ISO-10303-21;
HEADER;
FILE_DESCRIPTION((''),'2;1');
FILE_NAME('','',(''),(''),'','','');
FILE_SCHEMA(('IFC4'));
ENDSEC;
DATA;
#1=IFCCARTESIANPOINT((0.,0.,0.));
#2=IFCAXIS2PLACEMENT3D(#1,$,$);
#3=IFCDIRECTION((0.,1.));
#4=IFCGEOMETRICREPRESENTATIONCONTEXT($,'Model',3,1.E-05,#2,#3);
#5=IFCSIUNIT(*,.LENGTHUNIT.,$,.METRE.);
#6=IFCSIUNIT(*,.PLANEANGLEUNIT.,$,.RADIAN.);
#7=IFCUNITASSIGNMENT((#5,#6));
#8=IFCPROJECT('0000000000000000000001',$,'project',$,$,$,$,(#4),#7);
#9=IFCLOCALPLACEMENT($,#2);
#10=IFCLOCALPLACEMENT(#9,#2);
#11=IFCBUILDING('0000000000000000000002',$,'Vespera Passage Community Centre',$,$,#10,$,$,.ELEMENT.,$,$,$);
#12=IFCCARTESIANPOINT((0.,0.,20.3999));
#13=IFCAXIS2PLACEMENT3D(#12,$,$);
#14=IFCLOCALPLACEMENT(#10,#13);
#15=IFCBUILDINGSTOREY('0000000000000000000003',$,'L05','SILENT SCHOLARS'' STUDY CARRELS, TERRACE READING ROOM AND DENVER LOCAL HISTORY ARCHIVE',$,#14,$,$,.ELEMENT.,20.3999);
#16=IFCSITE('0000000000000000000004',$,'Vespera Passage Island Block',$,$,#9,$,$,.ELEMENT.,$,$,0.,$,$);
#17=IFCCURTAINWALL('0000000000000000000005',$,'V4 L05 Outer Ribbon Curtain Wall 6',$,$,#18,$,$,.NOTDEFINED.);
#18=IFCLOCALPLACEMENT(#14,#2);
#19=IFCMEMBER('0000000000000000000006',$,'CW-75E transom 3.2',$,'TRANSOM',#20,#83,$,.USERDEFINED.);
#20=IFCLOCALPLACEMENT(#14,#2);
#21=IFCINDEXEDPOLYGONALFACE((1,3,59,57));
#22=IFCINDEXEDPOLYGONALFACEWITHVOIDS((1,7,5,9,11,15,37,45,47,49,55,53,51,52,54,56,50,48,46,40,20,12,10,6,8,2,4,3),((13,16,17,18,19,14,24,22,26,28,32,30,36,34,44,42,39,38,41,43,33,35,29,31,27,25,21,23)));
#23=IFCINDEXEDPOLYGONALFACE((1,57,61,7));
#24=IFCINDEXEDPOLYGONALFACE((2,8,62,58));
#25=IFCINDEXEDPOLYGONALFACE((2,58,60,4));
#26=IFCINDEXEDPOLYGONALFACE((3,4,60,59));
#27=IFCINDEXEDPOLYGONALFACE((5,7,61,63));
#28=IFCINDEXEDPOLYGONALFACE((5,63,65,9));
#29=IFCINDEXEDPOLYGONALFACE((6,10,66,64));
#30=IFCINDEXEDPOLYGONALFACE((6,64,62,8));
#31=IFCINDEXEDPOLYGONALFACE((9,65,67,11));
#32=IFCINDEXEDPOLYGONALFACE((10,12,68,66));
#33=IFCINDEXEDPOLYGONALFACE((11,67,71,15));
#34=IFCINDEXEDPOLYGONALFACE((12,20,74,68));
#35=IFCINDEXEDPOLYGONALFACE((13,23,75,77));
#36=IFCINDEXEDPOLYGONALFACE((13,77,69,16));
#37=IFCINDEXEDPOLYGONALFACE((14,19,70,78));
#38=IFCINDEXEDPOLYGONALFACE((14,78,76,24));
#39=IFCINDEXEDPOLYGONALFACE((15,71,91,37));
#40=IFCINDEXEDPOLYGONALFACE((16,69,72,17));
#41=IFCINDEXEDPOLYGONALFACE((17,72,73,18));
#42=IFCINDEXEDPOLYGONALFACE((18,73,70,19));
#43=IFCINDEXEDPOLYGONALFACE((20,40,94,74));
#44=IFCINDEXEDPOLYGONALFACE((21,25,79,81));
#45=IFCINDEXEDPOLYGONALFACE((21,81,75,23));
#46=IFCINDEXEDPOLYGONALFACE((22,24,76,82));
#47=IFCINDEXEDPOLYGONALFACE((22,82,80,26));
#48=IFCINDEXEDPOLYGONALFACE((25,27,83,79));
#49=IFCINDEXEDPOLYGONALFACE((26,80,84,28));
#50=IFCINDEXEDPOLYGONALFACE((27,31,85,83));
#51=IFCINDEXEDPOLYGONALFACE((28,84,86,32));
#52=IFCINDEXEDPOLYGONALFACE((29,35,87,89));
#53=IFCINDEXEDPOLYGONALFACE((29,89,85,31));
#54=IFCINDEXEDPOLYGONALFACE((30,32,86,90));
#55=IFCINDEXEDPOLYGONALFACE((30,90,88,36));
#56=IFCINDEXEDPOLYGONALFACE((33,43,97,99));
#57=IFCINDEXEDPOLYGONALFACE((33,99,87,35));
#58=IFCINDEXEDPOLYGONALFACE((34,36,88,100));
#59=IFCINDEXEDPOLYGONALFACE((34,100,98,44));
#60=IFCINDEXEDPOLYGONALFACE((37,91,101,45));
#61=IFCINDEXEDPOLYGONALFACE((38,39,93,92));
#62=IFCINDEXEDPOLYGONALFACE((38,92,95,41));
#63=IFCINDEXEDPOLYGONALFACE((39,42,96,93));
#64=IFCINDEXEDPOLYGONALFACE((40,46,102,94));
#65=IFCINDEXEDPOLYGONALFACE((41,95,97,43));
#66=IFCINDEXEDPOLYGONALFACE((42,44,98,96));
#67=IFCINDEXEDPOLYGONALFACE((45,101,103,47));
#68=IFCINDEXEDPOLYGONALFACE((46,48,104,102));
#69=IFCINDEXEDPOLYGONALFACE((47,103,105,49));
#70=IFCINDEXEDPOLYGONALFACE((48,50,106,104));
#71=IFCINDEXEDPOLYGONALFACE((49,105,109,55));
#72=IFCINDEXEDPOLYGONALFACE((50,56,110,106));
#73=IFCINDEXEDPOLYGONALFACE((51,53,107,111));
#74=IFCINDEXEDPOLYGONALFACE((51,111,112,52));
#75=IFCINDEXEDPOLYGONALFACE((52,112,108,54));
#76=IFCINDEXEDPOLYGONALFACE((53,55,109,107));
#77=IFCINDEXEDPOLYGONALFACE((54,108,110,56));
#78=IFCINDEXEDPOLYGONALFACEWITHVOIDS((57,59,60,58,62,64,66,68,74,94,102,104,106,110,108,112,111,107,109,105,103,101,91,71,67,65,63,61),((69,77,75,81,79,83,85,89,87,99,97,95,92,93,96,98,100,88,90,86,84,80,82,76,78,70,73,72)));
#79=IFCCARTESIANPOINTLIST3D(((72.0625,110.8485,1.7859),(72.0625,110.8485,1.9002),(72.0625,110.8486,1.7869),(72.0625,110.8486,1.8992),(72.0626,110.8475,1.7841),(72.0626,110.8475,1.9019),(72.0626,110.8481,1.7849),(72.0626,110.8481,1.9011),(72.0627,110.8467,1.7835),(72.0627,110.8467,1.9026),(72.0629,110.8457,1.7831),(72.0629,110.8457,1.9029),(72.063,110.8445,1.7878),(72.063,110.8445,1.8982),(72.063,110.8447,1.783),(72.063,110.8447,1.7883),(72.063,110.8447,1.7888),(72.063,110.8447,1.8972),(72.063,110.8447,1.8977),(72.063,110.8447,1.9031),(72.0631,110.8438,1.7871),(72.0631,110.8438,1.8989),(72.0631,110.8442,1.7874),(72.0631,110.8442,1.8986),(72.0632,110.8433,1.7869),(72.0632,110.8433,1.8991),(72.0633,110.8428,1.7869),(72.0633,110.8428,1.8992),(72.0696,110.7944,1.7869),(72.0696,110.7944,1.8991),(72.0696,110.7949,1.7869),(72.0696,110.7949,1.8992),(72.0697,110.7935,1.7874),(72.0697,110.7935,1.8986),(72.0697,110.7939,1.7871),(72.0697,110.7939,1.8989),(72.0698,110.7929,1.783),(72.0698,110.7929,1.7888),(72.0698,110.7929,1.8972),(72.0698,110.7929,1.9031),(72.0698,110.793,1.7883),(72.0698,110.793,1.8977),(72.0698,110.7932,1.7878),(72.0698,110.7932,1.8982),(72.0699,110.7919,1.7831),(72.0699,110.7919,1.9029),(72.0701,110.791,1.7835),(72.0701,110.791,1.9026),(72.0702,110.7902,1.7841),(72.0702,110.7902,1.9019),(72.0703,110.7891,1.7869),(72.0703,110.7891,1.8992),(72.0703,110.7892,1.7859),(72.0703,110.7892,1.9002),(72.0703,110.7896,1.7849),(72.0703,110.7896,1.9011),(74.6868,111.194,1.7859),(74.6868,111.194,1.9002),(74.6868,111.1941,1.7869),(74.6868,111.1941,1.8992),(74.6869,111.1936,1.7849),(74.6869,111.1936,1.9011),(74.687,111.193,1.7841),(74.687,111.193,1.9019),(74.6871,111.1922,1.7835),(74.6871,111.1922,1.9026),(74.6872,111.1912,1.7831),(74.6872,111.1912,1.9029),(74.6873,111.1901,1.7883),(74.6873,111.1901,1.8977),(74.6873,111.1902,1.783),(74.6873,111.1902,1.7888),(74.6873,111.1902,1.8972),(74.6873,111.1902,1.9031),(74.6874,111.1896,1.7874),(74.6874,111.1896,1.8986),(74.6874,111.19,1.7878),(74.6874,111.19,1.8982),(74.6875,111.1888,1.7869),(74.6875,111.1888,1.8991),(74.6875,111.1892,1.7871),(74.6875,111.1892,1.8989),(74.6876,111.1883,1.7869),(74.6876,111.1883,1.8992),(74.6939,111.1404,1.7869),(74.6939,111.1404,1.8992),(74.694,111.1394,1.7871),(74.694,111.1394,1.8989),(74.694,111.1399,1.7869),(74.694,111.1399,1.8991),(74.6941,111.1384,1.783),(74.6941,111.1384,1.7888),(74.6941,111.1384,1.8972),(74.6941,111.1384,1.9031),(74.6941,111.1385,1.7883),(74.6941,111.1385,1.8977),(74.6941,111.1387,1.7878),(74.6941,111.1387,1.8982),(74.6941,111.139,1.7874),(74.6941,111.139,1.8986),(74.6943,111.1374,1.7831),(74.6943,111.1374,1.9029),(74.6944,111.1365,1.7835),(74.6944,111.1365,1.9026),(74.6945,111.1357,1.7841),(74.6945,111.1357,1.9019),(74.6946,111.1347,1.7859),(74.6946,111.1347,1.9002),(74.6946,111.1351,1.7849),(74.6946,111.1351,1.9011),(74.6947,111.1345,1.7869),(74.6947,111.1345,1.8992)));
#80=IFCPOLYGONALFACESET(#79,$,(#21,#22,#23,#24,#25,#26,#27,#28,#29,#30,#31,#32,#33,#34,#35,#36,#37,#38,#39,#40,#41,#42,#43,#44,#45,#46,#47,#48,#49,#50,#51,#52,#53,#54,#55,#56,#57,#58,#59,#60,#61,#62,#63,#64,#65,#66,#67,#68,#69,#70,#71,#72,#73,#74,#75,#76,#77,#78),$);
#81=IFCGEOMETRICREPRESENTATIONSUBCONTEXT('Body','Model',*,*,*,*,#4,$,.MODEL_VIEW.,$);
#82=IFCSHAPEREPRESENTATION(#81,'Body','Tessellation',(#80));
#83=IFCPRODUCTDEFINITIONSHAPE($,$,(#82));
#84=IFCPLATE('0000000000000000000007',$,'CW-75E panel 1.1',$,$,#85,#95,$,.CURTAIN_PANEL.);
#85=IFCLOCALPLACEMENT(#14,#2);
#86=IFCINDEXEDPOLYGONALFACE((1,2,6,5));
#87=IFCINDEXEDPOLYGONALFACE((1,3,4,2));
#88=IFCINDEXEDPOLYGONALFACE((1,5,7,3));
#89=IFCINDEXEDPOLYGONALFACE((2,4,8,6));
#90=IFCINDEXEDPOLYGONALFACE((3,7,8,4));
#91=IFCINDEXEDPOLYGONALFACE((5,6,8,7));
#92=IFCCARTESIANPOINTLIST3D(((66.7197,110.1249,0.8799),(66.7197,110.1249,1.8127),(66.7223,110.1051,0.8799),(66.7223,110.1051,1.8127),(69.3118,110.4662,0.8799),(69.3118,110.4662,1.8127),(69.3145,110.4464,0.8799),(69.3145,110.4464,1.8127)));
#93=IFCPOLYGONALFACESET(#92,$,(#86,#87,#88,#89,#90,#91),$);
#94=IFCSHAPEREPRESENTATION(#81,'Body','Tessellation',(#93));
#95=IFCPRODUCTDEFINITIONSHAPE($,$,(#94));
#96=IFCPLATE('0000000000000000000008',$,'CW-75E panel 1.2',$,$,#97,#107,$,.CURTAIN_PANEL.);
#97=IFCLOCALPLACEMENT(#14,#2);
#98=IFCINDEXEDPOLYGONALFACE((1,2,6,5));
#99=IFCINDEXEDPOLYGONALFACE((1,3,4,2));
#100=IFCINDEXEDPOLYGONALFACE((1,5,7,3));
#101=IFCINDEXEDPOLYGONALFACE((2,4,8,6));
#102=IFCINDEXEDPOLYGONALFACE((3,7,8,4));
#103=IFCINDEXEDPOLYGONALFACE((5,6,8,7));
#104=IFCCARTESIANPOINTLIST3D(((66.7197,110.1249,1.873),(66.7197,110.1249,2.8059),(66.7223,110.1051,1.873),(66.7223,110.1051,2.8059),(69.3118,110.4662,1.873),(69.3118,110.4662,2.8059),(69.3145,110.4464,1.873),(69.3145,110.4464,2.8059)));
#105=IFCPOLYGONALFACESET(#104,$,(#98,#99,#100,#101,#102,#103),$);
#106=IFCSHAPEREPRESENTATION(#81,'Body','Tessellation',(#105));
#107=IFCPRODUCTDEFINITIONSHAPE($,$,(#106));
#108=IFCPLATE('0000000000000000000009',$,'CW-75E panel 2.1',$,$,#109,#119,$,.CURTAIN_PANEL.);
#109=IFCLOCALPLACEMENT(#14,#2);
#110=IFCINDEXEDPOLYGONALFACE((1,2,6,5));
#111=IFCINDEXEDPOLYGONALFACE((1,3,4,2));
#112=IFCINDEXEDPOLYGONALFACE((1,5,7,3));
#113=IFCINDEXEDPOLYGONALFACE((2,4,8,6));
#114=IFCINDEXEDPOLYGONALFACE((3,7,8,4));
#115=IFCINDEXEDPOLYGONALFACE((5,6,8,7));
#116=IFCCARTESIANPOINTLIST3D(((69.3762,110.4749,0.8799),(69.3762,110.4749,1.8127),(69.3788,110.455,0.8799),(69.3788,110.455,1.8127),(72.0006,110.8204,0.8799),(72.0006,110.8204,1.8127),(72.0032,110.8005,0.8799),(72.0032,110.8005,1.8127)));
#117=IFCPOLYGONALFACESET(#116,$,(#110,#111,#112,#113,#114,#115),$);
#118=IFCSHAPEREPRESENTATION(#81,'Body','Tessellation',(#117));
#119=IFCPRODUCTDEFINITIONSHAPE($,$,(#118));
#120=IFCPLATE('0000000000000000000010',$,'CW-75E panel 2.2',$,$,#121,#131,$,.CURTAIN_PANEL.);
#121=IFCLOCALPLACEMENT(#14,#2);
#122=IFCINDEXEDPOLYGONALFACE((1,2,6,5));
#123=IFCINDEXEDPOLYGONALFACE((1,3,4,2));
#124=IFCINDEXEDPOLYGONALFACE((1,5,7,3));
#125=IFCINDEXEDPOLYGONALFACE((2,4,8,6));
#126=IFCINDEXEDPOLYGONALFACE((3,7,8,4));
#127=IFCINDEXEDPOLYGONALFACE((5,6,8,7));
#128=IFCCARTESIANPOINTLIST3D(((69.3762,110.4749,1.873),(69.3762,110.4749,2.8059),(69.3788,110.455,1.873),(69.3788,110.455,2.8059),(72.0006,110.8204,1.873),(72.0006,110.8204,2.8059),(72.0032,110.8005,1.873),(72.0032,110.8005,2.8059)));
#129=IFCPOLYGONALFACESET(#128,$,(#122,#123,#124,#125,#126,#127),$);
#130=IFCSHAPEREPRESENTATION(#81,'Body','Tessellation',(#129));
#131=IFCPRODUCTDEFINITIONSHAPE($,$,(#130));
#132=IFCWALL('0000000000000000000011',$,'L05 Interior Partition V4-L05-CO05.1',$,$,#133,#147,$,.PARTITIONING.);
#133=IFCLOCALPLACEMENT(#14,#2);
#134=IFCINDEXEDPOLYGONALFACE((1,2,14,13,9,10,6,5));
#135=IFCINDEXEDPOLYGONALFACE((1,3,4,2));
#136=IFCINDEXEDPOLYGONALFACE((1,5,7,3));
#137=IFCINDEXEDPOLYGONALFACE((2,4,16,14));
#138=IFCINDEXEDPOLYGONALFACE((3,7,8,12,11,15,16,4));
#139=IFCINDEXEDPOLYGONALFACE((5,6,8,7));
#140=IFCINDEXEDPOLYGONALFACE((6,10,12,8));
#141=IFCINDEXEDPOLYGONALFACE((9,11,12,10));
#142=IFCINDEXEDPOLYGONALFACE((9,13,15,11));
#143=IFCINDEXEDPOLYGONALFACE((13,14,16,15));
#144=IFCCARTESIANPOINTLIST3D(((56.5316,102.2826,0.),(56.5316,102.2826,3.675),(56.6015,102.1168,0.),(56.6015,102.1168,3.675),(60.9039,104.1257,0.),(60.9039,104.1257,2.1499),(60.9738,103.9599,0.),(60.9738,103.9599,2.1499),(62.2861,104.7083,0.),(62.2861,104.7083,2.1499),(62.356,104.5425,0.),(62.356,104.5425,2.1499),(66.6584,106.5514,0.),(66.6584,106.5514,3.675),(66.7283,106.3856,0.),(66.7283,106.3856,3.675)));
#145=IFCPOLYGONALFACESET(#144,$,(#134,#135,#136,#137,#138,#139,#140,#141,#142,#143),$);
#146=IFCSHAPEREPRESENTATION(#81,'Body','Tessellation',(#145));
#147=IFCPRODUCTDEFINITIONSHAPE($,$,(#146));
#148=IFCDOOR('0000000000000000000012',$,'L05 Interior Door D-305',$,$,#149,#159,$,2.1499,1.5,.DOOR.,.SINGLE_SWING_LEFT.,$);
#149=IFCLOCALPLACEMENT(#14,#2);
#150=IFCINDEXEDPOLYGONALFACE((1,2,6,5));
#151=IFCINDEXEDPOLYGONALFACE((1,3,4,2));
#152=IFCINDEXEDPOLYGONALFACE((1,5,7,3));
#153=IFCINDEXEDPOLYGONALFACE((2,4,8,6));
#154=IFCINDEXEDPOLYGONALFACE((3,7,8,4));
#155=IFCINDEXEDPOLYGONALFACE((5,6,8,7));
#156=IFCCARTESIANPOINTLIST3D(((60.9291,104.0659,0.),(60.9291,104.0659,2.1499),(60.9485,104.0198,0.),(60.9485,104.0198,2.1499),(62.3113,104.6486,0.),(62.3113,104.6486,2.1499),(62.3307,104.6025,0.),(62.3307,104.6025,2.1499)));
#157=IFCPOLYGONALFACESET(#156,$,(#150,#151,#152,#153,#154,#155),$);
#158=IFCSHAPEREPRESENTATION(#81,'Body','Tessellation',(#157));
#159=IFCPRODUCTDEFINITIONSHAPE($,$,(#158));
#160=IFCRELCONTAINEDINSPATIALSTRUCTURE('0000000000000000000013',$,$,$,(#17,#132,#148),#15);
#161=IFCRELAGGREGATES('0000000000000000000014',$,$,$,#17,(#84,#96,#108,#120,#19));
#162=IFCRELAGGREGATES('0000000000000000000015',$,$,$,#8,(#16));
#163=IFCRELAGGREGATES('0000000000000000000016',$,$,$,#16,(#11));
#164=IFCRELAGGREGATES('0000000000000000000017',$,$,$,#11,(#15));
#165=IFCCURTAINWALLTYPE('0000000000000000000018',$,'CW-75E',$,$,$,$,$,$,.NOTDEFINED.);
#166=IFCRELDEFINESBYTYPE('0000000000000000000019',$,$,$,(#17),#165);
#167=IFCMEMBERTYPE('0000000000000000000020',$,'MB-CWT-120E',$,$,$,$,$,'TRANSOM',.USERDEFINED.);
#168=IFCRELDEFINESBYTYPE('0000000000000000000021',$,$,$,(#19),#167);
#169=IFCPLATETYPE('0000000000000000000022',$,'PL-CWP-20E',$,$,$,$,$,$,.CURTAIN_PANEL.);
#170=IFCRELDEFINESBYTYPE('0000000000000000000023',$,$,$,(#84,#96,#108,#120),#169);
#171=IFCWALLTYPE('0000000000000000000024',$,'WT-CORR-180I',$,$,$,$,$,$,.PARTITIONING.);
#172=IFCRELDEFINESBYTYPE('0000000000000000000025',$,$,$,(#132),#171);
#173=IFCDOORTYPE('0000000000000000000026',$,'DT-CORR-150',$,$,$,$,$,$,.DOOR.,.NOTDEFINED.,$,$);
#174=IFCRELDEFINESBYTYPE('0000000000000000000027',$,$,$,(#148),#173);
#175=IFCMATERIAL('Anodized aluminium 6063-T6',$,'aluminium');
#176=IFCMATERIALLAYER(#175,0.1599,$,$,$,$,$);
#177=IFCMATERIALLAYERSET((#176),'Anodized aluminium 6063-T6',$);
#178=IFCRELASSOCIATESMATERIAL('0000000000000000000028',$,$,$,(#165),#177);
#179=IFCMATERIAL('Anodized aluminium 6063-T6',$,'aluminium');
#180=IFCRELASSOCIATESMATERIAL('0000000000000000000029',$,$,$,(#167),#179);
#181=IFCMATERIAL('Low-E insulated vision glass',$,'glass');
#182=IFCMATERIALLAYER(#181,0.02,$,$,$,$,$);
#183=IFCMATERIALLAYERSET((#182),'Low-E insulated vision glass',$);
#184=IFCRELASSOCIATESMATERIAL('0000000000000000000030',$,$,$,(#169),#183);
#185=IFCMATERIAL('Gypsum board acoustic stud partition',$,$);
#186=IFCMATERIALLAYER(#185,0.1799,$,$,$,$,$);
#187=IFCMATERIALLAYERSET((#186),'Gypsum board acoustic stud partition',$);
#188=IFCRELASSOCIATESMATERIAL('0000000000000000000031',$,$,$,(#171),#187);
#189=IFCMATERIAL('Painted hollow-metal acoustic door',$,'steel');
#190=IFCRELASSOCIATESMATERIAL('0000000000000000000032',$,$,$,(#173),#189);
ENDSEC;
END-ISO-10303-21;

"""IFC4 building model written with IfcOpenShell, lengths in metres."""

from ifc_helpers import new_model, si_unit, direction, frame, frame_2d, origin, origin_2d, place, context, subcontext, project, spatial, rectangle, hollow_rectangle, extrude, material, layer, layer_set, material_profile, profile_set, type_object, element, fill, aggregate, save


model = new_model("IFC4")

# Units and contexts
model_context = context("Model", 3, precision=1e-05, world=origin(), true_north=direction((0.0, 1.0)))
body_context = subcontext(model_context, "Body", "Model", "MODEL_VIEW")
ifc_project = project(units=[si_unit("LENGTHUNIT", "METRE"), si_unit("PLANEANGLEUNIT", "RADIAN")], contexts=[model_context])

# Site, building, storey
site_placement = place(None, origin())
site = spatial("IfcSite", under=ifc_project, at=site_placement, Name="Vespera Passage Island Block", CompositionType="ELEMENT", RefElevation=0.0)
building_placement = place(site_placement, origin())
building = spatial("IfcBuilding", under=site, at=building_placement, Name="Vespera Passage Community Centre", CompositionType="ELEMENT")
storey_placement = place(building_placement, frame((0.0, 0.0, 20.3999)))
storey = spatial("IfcBuildingStorey", under=building, at=storey_placement, Name="L05", Description="SILENT SCHOLARS' STUDY CARRELS, TERRACE READING ROOM AND DENVER LOCAL HISTORY ARCHIVE", CompositionType="ELEMENT", Elevation=20.3999)

# Curtain wall, member, plates
ifc_material_1 = material(Name="Anodized aluminium 6063-T6", Category="aluminium")
ifc_layer_1 = layer(ifc_material_1, 0.1599)
ifc_layer_set_1 = layer_set([ifc_layer_1], Name="Anodized aluminium 6063-T6")
curtain_wall_type = type_object("IfcCurtainWallType", Name="CW-75E", PredefinedType="NOTDEFINED", material=ifc_layer_set_1)
curtain_wall_placement = place(storey_placement, origin())
curtain_wall = element("IfcCurtainWall", 1, at=curtain_wall_placement, inside=storey, type_object=curtain_wall_type, Name="V4 L05 Outer Ribbon Curtain Wall 6", PredefinedType="NOTDEFINED")
ifc_material_2 = material(Name="Anodized aluminium 6063-T6", Category="aluminium")
ifc_material_profile_1 = material_profile(ifc_material_2, hollow_rectangle(XDim=0.0601, YDim=0.1201, WallThickness=0.0039, InnerFilletRadius=0.002, OuterFilletRadius=0.0039, at=origin_2d()), Name="ALU120X60X4")
ifc_profile_set_1 = profile_set([ifc_material_profile_1], Name="Anodized aluminium 6063-T6")
member_type_1 = type_object("IfcMemberType", Name="MB-CWT-120E", ElementType="TRANSOM", PredefinedType="USERDEFINED", material=ifc_profile_set_1)
member_1_placement = place(storey_placement, frame((72.0664, 110.8188, 1.843), z_axis=(0.991446, 0.130514, 0.0), x_axis=(-0.130514, 0.991446, 0.0)))
member_1 = element("IfcMember", 2, at=member_1_placement, type_object=member_type_1, Name="CW-75E transom 3.2", ObjectType="TRANSOM", PredefinedType="USERDEFINED", context=body_context, shape_type="SweptSolid", body=[
    extrude(hollow_rectangle(XDim=0.0601, YDim=0.1201, WallThickness=0.0039, InnerFilletRadius=0.002, OuterFilletRadius=0.0039, at=origin_2d()), origin(), (0.0, 0.0, 1.0), 2.647),
])
ifc_material_3 = material(Name="Low-E insulated vision glass", Category="glass")
ifc_layer_2 = layer(ifc_material_3, 0.02)
ifc_layer_set_2 = layer_set([ifc_layer_2], Name="Low-E insulated vision glass")
plate_type = type_object("IfcPlateType", Name="PL-CWP-20E", PredefinedType="CURTAIN_PANEL", material=ifc_layer_set_2)
plate_1_placement = place(storey_placement, frame((68.0171, 110.2856, 0.8799), z_axis=(0.0, 0.0, 1.0), x_axis=(0.991444, 0.130531, 0.0)))
plate_1 = element("IfcPlate", 3, at=plate_1_placement, type_object=plate_type, Name="CW-75E panel 1.1", PredefinedType="CURTAIN_PANEL", context=body_context, shape_type="SweptSolid", body=[
    extrude(rectangle(XDim=2.6145, YDim=0.02, at=origin_2d()), origin(), (0.0, 0.0, 1.0), 0.9329),
])
plate_2_placement = place(storey_placement, frame((68.0171, 110.2856, 1.873), z_axis=(0.0, 0.0, 1.0), x_axis=(0.991444, 0.130531, 0.0)))
plate_2 = element("IfcPlate", 4, at=plate_2_placement, type_object=plate_type, Name="CW-75E panel 1.2", PredefinedType="CURTAIN_PANEL", context=body_context, shape_type="SweptSolid", body=[
    extrude(rectangle(XDim=2.6145, YDim=0.02, at=origin_2d()), origin(), (0.0, 0.0, 1.0), 0.9329),
])
plate_3_placement = place(storey_placement, frame((70.6897, 110.6377, 0.8799), z_axis=(0.0, 0.0, 1.0), x_axis=(0.991444, 0.130531, 0.0)))
plate_3 = element("IfcPlate", 5, at=plate_3_placement, type_object=plate_type, Name="CW-75E panel 2.1", PredefinedType="CURTAIN_PANEL", context=body_context, shape_type="SweptSolid", body=[
    extrude(rectangle(XDim=2.647, YDim=0.02, at=origin_2d()), origin(), (0.0, 0.0, 1.0), 0.9329),
])
plate_4_placement = place(storey_placement, frame((70.6897, 110.6377, 1.873), z_axis=(0.0, 0.0, 1.0), x_axis=(0.991444, 0.130531, 0.0)))
plate_4 = element("IfcPlate", 6, at=plate_4_placement, type_object=plate_type, Name="CW-75E panel 2.2", PredefinedType="CURTAIN_PANEL", context=body_context, shape_type="SweptSolid", body=[
    extrude(rectangle(XDim=2.647, YDim=0.02, at=origin_2d()), origin(), (0.0, 0.0, 1.0), 0.9329),
])
aggregate(curtain_wall, [plate_1, plate_2, plate_3, plate_4, member_1])

# Wall, opening, door
ifc_material_4 = material(Name="Gypsum board acoustic stud partition")
ifc_layer_3 = layer(ifc_material_4, 0.1799)
ifc_layer_set_3 = layer_set([ifc_layer_3], Name="Gypsum board acoustic stud partition")
wall_type_1 = type_object("IfcWallType", Name="WT-CORR-180I", PredefinedType="PARTITIONING", material=ifc_layer_set_3)
wall_1_placement = place(storey_placement, frame((66.6934, 106.4685, 0.0), z_axis=(0.0, 0.0, 1.0), x_axis=(-0.921475, -0.388437, 0.0)))
wall_1 = element("IfcWall", 7, at=wall_1_placement, inside=storey, type_object=wall_type_1, Name="L05 Interior Partition V4-L05-CO05.1", PredefinedType="PARTITIONING", context=body_context, shape_type="SweptSolid", body=[
    extrude(rectangle(XDim=10.9897, YDim=0.1799, at=frame_2d((5.4949, 0.0))), origin(), (0.0, 0.0, 1.0), 3.675),
])
opening_1_placement = place(wall_1_placement, frame((4.7449, 0.0, 0.0)))
opening_1 = element("IfcOpeningElement", 8, at=opening_1_placement, cuts=wall_1, PredefinedType="OPENING", context=body_context, shape_type="SweptSolid", body=[
    extrude(rectangle(XDim=1.5, YDim=2.1499, at=frame_2d((0.75, 1.075))), frame((0.0, 0.0999, 0.0), z_axis=(0.0, -1.0, 0.0), x_axis=(1.0, 0.0, 0.0)), (0.0, 0.0, 1.0), 0.2),
])
ifc_material_5 = material(Name="Painted hollow-metal acoustic door", Category="steel")
door_type_1 = type_object("IfcDoorType", Name="DT-CORR-150", OperationType="NOTDEFINED", PredefinedType="DOOR", material=ifc_material_5)
door_1_placement = place(opening_1_placement, origin())
door_1 = element("IfcDoor", 9, at=door_1_placement, inside=storey, type_object=door_type_1, Name="L05 Interior Door D-305", OperationType="SINGLE_SWING_LEFT", OverallHeight=2.1499, OverallWidth=1.5, PredefinedType="DOOR", context=body_context, shape_type="SweptSolid", body=[
    extrude(rectangle(XDim=1.5, YDim=2.1499, at=frame_2d((0.75, 1.075))), frame((0.0, 0.0249, 0.0), z_axis=(0.0, -1.0, 0.0), x_axis=(1.0, 0.0, 0.0)), (0.0, 0.0, 1.0), 0.05),
])
fill(opening_1, door_1)

save(model, "model.ifc")
